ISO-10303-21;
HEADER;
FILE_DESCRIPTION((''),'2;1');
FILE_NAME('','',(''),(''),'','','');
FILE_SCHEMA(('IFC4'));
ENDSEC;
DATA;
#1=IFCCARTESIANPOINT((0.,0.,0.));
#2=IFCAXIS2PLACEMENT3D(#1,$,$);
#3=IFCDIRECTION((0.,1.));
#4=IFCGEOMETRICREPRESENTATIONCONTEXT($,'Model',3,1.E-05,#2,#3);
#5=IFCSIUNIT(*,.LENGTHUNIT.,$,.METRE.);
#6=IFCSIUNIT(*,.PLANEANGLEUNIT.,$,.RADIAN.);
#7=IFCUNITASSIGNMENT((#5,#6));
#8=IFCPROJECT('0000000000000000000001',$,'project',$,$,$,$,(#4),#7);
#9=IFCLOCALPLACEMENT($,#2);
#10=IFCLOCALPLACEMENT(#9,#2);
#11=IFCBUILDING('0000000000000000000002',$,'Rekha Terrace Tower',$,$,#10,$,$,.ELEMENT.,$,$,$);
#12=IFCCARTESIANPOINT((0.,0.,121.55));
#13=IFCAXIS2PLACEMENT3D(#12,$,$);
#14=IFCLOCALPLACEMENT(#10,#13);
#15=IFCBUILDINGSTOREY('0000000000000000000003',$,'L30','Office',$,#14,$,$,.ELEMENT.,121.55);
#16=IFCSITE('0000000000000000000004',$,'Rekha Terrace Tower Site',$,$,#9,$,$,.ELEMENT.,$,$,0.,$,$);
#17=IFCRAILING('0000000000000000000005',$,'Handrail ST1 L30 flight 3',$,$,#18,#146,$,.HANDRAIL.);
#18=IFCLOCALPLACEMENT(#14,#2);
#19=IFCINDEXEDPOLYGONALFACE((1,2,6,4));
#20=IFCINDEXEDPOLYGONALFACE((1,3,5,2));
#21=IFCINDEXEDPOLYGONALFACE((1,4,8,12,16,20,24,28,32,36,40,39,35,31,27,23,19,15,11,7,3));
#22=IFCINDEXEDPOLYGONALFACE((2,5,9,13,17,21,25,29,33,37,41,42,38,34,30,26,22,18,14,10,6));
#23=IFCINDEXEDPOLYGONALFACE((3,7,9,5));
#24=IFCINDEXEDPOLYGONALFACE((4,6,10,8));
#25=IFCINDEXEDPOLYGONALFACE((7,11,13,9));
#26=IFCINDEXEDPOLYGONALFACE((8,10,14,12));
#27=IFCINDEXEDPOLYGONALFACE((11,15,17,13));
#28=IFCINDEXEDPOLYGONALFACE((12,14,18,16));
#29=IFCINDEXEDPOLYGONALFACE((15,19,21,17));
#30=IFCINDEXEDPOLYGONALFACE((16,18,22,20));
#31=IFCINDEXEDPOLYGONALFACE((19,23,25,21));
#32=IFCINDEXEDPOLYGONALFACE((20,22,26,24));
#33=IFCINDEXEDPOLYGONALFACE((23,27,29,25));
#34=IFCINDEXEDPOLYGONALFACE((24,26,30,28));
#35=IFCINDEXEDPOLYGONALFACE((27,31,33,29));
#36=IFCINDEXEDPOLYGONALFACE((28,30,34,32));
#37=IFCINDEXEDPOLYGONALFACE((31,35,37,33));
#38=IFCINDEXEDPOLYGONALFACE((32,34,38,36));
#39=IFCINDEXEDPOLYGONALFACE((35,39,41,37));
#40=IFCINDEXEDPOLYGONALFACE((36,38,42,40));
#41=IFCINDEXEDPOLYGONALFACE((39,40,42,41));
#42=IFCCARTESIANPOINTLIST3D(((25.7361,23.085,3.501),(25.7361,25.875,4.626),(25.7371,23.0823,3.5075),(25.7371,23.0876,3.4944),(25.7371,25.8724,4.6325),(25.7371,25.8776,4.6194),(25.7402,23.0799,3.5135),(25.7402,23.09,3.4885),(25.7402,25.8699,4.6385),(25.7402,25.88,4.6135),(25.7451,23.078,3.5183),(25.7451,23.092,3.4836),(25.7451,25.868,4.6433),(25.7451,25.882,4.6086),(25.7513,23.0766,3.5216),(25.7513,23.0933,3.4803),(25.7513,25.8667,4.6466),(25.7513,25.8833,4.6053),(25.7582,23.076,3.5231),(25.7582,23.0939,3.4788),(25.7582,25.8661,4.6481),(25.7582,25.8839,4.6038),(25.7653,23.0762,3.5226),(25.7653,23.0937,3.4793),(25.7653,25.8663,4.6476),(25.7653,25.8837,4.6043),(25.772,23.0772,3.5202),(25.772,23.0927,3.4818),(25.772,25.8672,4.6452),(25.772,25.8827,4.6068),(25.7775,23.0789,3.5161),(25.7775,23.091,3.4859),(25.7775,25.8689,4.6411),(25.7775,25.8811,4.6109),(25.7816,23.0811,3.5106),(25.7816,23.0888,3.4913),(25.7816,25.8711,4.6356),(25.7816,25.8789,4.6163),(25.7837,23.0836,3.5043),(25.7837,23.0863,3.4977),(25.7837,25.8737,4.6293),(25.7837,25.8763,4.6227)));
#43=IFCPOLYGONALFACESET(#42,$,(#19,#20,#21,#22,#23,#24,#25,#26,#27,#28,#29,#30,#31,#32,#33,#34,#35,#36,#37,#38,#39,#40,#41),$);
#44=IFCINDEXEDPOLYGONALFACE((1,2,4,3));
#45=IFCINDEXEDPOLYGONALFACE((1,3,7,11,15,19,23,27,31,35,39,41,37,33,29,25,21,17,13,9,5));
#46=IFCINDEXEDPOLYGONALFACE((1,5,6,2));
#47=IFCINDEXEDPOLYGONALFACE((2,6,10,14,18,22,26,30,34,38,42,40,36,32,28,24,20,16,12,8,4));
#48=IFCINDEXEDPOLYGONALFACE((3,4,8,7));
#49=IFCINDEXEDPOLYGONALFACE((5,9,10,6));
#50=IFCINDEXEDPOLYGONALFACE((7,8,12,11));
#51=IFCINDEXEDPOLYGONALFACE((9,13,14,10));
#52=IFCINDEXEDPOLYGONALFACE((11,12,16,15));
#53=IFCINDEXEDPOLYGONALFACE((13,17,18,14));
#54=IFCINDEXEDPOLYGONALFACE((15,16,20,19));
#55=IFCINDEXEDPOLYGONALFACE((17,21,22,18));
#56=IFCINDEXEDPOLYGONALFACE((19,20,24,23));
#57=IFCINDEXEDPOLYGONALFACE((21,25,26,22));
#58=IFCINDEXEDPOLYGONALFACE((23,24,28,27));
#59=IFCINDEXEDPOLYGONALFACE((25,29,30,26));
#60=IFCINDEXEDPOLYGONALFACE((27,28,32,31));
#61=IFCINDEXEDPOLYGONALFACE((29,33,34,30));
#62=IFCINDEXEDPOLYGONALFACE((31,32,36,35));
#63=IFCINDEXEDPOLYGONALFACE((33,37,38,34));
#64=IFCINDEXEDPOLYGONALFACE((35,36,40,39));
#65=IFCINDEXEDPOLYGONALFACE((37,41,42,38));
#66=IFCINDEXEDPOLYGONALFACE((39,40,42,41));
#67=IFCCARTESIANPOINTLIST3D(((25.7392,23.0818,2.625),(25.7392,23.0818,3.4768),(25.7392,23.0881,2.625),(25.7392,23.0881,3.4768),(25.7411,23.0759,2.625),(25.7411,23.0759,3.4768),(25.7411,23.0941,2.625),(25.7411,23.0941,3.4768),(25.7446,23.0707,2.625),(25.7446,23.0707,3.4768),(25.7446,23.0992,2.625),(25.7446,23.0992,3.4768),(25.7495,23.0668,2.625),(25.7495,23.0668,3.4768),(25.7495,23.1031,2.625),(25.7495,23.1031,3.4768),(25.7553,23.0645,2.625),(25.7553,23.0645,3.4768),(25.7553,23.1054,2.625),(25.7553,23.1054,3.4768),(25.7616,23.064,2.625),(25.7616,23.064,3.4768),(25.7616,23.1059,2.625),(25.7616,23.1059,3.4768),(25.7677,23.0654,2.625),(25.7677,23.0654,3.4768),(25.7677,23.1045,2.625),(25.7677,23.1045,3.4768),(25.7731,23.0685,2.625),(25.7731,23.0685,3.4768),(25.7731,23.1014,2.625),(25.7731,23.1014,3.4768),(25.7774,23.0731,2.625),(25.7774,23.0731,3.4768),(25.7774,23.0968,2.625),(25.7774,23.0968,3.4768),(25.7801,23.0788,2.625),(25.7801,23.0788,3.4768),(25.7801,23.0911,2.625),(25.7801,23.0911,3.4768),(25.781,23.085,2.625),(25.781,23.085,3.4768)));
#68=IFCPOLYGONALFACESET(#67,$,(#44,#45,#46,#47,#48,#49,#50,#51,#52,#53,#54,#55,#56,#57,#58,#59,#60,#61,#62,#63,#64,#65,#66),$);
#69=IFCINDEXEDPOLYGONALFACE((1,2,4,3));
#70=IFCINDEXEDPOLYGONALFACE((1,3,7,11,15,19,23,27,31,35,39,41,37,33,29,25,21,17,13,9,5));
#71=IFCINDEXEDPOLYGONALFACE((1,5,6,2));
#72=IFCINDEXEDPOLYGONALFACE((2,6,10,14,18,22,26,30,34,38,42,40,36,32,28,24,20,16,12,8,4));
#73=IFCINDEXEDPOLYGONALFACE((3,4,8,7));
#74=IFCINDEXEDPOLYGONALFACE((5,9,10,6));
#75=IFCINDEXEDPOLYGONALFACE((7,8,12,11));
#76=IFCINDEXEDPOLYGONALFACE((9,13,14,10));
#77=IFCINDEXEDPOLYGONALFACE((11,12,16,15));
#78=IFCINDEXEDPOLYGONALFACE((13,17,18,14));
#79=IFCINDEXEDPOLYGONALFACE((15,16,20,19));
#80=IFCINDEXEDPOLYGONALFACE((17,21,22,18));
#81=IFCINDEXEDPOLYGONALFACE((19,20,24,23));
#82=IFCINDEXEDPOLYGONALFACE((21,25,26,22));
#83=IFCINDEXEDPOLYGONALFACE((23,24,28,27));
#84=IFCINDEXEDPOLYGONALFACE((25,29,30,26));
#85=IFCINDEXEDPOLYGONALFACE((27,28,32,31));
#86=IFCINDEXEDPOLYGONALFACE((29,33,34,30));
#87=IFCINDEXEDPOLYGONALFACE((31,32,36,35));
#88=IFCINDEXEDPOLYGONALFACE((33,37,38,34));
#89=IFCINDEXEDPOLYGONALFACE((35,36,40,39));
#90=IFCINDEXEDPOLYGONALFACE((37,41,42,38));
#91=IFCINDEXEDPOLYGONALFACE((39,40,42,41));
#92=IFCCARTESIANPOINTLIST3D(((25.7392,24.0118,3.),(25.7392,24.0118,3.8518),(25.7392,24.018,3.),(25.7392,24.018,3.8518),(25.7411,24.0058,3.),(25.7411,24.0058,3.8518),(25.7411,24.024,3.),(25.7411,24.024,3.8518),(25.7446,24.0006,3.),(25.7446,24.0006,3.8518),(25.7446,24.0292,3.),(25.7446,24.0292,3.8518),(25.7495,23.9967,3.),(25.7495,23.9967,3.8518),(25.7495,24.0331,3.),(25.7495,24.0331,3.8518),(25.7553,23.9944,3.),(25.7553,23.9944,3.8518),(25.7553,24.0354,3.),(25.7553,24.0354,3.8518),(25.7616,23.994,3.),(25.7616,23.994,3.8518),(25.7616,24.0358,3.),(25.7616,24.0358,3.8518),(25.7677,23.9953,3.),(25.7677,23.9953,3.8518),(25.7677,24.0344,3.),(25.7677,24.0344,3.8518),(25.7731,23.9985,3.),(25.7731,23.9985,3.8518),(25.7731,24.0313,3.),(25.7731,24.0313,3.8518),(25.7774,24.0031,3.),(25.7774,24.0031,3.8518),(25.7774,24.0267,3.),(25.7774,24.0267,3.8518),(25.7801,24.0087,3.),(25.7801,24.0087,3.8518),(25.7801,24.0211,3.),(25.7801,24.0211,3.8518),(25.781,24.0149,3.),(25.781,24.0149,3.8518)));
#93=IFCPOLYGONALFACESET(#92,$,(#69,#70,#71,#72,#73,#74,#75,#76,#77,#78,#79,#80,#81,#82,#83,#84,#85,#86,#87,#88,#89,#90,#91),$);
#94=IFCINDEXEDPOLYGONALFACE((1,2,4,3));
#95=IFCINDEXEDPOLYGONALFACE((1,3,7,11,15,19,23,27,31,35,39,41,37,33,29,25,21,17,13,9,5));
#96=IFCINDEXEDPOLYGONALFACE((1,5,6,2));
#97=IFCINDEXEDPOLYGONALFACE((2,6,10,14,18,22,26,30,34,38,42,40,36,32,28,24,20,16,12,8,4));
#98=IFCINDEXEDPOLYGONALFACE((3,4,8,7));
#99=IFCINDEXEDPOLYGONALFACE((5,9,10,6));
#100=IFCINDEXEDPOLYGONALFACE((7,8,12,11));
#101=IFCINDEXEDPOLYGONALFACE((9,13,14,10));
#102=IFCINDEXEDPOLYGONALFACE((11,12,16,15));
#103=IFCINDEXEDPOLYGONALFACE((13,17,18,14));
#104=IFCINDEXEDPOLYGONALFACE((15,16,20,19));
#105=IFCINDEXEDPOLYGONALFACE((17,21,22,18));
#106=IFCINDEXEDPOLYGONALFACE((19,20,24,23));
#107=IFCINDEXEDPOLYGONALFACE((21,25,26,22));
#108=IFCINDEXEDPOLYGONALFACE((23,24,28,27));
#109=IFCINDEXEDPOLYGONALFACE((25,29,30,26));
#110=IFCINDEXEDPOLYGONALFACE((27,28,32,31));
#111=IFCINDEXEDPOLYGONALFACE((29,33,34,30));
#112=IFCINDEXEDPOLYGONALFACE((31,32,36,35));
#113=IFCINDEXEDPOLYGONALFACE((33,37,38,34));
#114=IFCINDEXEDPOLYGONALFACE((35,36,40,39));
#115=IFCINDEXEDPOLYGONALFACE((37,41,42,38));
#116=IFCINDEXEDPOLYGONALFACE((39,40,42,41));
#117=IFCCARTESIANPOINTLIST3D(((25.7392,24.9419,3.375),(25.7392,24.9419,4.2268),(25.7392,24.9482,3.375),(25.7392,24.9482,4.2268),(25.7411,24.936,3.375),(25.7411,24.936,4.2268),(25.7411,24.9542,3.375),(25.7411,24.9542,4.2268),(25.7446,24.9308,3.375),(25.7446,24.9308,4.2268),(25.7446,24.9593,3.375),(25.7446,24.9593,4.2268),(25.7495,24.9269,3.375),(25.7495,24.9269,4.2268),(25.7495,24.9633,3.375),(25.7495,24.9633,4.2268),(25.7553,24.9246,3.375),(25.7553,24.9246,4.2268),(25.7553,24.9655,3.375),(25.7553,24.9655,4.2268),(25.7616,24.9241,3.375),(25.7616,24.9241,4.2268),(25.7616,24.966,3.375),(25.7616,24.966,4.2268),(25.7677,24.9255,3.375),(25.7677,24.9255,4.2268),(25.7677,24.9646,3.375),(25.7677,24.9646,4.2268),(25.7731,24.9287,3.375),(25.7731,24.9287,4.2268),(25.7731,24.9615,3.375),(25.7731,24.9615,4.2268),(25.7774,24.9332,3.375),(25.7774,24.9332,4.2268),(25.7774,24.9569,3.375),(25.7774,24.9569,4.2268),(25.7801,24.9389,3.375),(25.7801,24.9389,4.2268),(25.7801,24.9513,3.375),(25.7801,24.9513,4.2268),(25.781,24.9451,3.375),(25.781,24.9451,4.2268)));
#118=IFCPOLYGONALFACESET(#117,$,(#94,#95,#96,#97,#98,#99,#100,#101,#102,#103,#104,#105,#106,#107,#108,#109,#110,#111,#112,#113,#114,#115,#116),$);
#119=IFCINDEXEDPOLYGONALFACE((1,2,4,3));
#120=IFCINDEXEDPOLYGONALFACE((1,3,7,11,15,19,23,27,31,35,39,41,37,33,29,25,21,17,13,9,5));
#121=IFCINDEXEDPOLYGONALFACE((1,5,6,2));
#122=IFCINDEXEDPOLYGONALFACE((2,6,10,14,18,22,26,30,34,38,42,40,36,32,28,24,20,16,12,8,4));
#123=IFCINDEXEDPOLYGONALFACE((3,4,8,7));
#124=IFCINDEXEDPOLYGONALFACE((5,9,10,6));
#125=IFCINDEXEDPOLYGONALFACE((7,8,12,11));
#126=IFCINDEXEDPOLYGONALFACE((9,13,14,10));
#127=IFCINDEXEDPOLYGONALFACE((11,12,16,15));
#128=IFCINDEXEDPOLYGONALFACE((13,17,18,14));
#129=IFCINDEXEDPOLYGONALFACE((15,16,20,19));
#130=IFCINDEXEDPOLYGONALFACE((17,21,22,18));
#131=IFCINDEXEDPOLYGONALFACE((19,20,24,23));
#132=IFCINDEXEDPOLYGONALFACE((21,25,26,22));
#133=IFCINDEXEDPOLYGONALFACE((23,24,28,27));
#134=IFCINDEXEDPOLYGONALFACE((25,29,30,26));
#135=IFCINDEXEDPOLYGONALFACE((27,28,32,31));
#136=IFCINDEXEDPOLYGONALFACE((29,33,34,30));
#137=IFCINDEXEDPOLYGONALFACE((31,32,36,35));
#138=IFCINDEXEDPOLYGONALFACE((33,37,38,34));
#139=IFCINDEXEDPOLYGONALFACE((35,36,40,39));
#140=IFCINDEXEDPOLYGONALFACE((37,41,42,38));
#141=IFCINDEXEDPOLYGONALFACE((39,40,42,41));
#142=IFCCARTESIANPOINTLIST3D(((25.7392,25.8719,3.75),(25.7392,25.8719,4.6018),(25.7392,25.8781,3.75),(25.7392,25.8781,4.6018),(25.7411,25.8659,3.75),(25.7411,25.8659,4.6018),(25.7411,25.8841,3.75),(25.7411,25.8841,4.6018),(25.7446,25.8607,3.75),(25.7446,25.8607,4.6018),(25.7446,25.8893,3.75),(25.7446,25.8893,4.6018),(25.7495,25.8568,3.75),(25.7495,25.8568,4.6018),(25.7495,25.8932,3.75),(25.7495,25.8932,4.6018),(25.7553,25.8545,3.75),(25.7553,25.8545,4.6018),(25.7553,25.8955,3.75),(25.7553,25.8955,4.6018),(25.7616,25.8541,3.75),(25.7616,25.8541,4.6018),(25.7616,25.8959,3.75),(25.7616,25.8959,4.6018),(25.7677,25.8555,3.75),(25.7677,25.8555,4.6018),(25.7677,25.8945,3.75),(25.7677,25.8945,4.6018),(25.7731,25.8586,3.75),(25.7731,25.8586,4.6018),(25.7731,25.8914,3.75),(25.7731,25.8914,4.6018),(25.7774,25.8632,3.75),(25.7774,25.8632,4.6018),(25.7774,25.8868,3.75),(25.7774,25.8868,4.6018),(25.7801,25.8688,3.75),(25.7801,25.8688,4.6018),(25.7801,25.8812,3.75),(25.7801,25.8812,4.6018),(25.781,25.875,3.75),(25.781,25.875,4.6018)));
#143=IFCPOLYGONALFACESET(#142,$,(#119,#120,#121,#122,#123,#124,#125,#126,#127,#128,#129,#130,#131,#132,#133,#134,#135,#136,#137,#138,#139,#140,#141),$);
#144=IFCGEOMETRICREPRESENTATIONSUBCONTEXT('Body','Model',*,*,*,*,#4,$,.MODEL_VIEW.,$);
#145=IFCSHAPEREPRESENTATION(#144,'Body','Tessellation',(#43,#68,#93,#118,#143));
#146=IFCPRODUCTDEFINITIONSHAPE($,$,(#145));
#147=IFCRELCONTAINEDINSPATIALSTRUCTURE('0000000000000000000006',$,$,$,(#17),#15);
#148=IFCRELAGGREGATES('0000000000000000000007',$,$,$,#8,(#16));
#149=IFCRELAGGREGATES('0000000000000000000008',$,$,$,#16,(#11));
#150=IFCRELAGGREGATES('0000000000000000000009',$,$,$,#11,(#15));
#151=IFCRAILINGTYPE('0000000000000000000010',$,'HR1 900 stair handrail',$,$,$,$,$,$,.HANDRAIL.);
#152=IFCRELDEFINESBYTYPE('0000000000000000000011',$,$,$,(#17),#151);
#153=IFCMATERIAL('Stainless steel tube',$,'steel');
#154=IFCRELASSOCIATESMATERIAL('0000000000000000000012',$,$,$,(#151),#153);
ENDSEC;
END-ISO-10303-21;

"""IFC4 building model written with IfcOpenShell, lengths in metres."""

from ifc_helpers import new_model, si_unit, direction, frame, origin, origin_2d, place, context, subcontext, project, spatial, circle, extrude, material, type_object, element, save


model = new_model("IFC4")

# Units and contexts
model_context = context("Model", 3, precision=1e-05, world=origin(), true_north=direction((0.0, 1.0)))
body_context = subcontext(model_context, "Body", "Model", "MODEL_VIEW")
ifc_project = project(units=[si_unit("LENGTHUNIT", "METRE"), si_unit("PLANEANGLEUNIT", "RADIAN")], contexts=[model_context])

# Site, building, storey
site_placement = place(None, origin())
site = spatial("IfcSite", under=ifc_project, at=site_placement, Name="Rekha Terrace Tower Site", CompositionType="ELEMENT", RefElevation=0.0)
building_placement = place(site_placement, origin())
building = spatial("IfcBuilding", under=site, at=building_placement, Name="Rekha Terrace Tower", CompositionType="ELEMENT")
storey_placement = place(building_placement, frame((0.0, 0.0, 121.55)))
storey = spatial("IfcBuildingStorey", under=building, at=storey_placement, Name="L30", Description="Office", CompositionType="ELEMENT", Elevation=121.55)

# Railing
ifc_material_1 = material(Name="Stainless steel tube", Category="steel")
railing_type_1 = type_object("IfcRailingType", Name="HR1 900 stair handrail", PredefinedType="HANDRAIL", material=ifc_material_1)
railing_1_placement = place(storey_placement, frame((25.76, 23.085, 2.625)))
element("IfcRailing", 1, at=railing_1_placement, inside=storey, type_object=railing_type_1, Name="Handrail ST1 L30 flight 3", PredefinedType="HANDRAIL", context=body_context, shape_type="SweptSolid", body=[
    extrude(circle(Radius=0.0239, at=origin_2d()), frame((0.0, 0.0, 0.876), z_axis=(0.0, 0.927443, 0.373964), x_axis=(-1.0, 0.0, 0.0)), (0.0, 0.0, 1.0), 3.0083),
    extrude(circle(Radius=0.021, at=origin_2d()), origin(), (0.0, 0.0, 1.0), 0.8518),
    extrude(circle(Radius=0.021, at=origin_2d()), frame((0.0, 0.9299, 0.375)), (0.0, 0.0, 1.0), 0.8518),
    extrude(circle(Radius=0.021, at=origin_2d()), frame((0.0, 1.8601, 0.75)), (0.0, 0.0, 1.0), 0.8518),
    extrude(circle(Radius=0.021, at=origin_2d()), frame((0.0, 2.79, 1.125)), (0.0, 0.0, 1.0), 0.8518),
])

save(model, "model.ifc")
